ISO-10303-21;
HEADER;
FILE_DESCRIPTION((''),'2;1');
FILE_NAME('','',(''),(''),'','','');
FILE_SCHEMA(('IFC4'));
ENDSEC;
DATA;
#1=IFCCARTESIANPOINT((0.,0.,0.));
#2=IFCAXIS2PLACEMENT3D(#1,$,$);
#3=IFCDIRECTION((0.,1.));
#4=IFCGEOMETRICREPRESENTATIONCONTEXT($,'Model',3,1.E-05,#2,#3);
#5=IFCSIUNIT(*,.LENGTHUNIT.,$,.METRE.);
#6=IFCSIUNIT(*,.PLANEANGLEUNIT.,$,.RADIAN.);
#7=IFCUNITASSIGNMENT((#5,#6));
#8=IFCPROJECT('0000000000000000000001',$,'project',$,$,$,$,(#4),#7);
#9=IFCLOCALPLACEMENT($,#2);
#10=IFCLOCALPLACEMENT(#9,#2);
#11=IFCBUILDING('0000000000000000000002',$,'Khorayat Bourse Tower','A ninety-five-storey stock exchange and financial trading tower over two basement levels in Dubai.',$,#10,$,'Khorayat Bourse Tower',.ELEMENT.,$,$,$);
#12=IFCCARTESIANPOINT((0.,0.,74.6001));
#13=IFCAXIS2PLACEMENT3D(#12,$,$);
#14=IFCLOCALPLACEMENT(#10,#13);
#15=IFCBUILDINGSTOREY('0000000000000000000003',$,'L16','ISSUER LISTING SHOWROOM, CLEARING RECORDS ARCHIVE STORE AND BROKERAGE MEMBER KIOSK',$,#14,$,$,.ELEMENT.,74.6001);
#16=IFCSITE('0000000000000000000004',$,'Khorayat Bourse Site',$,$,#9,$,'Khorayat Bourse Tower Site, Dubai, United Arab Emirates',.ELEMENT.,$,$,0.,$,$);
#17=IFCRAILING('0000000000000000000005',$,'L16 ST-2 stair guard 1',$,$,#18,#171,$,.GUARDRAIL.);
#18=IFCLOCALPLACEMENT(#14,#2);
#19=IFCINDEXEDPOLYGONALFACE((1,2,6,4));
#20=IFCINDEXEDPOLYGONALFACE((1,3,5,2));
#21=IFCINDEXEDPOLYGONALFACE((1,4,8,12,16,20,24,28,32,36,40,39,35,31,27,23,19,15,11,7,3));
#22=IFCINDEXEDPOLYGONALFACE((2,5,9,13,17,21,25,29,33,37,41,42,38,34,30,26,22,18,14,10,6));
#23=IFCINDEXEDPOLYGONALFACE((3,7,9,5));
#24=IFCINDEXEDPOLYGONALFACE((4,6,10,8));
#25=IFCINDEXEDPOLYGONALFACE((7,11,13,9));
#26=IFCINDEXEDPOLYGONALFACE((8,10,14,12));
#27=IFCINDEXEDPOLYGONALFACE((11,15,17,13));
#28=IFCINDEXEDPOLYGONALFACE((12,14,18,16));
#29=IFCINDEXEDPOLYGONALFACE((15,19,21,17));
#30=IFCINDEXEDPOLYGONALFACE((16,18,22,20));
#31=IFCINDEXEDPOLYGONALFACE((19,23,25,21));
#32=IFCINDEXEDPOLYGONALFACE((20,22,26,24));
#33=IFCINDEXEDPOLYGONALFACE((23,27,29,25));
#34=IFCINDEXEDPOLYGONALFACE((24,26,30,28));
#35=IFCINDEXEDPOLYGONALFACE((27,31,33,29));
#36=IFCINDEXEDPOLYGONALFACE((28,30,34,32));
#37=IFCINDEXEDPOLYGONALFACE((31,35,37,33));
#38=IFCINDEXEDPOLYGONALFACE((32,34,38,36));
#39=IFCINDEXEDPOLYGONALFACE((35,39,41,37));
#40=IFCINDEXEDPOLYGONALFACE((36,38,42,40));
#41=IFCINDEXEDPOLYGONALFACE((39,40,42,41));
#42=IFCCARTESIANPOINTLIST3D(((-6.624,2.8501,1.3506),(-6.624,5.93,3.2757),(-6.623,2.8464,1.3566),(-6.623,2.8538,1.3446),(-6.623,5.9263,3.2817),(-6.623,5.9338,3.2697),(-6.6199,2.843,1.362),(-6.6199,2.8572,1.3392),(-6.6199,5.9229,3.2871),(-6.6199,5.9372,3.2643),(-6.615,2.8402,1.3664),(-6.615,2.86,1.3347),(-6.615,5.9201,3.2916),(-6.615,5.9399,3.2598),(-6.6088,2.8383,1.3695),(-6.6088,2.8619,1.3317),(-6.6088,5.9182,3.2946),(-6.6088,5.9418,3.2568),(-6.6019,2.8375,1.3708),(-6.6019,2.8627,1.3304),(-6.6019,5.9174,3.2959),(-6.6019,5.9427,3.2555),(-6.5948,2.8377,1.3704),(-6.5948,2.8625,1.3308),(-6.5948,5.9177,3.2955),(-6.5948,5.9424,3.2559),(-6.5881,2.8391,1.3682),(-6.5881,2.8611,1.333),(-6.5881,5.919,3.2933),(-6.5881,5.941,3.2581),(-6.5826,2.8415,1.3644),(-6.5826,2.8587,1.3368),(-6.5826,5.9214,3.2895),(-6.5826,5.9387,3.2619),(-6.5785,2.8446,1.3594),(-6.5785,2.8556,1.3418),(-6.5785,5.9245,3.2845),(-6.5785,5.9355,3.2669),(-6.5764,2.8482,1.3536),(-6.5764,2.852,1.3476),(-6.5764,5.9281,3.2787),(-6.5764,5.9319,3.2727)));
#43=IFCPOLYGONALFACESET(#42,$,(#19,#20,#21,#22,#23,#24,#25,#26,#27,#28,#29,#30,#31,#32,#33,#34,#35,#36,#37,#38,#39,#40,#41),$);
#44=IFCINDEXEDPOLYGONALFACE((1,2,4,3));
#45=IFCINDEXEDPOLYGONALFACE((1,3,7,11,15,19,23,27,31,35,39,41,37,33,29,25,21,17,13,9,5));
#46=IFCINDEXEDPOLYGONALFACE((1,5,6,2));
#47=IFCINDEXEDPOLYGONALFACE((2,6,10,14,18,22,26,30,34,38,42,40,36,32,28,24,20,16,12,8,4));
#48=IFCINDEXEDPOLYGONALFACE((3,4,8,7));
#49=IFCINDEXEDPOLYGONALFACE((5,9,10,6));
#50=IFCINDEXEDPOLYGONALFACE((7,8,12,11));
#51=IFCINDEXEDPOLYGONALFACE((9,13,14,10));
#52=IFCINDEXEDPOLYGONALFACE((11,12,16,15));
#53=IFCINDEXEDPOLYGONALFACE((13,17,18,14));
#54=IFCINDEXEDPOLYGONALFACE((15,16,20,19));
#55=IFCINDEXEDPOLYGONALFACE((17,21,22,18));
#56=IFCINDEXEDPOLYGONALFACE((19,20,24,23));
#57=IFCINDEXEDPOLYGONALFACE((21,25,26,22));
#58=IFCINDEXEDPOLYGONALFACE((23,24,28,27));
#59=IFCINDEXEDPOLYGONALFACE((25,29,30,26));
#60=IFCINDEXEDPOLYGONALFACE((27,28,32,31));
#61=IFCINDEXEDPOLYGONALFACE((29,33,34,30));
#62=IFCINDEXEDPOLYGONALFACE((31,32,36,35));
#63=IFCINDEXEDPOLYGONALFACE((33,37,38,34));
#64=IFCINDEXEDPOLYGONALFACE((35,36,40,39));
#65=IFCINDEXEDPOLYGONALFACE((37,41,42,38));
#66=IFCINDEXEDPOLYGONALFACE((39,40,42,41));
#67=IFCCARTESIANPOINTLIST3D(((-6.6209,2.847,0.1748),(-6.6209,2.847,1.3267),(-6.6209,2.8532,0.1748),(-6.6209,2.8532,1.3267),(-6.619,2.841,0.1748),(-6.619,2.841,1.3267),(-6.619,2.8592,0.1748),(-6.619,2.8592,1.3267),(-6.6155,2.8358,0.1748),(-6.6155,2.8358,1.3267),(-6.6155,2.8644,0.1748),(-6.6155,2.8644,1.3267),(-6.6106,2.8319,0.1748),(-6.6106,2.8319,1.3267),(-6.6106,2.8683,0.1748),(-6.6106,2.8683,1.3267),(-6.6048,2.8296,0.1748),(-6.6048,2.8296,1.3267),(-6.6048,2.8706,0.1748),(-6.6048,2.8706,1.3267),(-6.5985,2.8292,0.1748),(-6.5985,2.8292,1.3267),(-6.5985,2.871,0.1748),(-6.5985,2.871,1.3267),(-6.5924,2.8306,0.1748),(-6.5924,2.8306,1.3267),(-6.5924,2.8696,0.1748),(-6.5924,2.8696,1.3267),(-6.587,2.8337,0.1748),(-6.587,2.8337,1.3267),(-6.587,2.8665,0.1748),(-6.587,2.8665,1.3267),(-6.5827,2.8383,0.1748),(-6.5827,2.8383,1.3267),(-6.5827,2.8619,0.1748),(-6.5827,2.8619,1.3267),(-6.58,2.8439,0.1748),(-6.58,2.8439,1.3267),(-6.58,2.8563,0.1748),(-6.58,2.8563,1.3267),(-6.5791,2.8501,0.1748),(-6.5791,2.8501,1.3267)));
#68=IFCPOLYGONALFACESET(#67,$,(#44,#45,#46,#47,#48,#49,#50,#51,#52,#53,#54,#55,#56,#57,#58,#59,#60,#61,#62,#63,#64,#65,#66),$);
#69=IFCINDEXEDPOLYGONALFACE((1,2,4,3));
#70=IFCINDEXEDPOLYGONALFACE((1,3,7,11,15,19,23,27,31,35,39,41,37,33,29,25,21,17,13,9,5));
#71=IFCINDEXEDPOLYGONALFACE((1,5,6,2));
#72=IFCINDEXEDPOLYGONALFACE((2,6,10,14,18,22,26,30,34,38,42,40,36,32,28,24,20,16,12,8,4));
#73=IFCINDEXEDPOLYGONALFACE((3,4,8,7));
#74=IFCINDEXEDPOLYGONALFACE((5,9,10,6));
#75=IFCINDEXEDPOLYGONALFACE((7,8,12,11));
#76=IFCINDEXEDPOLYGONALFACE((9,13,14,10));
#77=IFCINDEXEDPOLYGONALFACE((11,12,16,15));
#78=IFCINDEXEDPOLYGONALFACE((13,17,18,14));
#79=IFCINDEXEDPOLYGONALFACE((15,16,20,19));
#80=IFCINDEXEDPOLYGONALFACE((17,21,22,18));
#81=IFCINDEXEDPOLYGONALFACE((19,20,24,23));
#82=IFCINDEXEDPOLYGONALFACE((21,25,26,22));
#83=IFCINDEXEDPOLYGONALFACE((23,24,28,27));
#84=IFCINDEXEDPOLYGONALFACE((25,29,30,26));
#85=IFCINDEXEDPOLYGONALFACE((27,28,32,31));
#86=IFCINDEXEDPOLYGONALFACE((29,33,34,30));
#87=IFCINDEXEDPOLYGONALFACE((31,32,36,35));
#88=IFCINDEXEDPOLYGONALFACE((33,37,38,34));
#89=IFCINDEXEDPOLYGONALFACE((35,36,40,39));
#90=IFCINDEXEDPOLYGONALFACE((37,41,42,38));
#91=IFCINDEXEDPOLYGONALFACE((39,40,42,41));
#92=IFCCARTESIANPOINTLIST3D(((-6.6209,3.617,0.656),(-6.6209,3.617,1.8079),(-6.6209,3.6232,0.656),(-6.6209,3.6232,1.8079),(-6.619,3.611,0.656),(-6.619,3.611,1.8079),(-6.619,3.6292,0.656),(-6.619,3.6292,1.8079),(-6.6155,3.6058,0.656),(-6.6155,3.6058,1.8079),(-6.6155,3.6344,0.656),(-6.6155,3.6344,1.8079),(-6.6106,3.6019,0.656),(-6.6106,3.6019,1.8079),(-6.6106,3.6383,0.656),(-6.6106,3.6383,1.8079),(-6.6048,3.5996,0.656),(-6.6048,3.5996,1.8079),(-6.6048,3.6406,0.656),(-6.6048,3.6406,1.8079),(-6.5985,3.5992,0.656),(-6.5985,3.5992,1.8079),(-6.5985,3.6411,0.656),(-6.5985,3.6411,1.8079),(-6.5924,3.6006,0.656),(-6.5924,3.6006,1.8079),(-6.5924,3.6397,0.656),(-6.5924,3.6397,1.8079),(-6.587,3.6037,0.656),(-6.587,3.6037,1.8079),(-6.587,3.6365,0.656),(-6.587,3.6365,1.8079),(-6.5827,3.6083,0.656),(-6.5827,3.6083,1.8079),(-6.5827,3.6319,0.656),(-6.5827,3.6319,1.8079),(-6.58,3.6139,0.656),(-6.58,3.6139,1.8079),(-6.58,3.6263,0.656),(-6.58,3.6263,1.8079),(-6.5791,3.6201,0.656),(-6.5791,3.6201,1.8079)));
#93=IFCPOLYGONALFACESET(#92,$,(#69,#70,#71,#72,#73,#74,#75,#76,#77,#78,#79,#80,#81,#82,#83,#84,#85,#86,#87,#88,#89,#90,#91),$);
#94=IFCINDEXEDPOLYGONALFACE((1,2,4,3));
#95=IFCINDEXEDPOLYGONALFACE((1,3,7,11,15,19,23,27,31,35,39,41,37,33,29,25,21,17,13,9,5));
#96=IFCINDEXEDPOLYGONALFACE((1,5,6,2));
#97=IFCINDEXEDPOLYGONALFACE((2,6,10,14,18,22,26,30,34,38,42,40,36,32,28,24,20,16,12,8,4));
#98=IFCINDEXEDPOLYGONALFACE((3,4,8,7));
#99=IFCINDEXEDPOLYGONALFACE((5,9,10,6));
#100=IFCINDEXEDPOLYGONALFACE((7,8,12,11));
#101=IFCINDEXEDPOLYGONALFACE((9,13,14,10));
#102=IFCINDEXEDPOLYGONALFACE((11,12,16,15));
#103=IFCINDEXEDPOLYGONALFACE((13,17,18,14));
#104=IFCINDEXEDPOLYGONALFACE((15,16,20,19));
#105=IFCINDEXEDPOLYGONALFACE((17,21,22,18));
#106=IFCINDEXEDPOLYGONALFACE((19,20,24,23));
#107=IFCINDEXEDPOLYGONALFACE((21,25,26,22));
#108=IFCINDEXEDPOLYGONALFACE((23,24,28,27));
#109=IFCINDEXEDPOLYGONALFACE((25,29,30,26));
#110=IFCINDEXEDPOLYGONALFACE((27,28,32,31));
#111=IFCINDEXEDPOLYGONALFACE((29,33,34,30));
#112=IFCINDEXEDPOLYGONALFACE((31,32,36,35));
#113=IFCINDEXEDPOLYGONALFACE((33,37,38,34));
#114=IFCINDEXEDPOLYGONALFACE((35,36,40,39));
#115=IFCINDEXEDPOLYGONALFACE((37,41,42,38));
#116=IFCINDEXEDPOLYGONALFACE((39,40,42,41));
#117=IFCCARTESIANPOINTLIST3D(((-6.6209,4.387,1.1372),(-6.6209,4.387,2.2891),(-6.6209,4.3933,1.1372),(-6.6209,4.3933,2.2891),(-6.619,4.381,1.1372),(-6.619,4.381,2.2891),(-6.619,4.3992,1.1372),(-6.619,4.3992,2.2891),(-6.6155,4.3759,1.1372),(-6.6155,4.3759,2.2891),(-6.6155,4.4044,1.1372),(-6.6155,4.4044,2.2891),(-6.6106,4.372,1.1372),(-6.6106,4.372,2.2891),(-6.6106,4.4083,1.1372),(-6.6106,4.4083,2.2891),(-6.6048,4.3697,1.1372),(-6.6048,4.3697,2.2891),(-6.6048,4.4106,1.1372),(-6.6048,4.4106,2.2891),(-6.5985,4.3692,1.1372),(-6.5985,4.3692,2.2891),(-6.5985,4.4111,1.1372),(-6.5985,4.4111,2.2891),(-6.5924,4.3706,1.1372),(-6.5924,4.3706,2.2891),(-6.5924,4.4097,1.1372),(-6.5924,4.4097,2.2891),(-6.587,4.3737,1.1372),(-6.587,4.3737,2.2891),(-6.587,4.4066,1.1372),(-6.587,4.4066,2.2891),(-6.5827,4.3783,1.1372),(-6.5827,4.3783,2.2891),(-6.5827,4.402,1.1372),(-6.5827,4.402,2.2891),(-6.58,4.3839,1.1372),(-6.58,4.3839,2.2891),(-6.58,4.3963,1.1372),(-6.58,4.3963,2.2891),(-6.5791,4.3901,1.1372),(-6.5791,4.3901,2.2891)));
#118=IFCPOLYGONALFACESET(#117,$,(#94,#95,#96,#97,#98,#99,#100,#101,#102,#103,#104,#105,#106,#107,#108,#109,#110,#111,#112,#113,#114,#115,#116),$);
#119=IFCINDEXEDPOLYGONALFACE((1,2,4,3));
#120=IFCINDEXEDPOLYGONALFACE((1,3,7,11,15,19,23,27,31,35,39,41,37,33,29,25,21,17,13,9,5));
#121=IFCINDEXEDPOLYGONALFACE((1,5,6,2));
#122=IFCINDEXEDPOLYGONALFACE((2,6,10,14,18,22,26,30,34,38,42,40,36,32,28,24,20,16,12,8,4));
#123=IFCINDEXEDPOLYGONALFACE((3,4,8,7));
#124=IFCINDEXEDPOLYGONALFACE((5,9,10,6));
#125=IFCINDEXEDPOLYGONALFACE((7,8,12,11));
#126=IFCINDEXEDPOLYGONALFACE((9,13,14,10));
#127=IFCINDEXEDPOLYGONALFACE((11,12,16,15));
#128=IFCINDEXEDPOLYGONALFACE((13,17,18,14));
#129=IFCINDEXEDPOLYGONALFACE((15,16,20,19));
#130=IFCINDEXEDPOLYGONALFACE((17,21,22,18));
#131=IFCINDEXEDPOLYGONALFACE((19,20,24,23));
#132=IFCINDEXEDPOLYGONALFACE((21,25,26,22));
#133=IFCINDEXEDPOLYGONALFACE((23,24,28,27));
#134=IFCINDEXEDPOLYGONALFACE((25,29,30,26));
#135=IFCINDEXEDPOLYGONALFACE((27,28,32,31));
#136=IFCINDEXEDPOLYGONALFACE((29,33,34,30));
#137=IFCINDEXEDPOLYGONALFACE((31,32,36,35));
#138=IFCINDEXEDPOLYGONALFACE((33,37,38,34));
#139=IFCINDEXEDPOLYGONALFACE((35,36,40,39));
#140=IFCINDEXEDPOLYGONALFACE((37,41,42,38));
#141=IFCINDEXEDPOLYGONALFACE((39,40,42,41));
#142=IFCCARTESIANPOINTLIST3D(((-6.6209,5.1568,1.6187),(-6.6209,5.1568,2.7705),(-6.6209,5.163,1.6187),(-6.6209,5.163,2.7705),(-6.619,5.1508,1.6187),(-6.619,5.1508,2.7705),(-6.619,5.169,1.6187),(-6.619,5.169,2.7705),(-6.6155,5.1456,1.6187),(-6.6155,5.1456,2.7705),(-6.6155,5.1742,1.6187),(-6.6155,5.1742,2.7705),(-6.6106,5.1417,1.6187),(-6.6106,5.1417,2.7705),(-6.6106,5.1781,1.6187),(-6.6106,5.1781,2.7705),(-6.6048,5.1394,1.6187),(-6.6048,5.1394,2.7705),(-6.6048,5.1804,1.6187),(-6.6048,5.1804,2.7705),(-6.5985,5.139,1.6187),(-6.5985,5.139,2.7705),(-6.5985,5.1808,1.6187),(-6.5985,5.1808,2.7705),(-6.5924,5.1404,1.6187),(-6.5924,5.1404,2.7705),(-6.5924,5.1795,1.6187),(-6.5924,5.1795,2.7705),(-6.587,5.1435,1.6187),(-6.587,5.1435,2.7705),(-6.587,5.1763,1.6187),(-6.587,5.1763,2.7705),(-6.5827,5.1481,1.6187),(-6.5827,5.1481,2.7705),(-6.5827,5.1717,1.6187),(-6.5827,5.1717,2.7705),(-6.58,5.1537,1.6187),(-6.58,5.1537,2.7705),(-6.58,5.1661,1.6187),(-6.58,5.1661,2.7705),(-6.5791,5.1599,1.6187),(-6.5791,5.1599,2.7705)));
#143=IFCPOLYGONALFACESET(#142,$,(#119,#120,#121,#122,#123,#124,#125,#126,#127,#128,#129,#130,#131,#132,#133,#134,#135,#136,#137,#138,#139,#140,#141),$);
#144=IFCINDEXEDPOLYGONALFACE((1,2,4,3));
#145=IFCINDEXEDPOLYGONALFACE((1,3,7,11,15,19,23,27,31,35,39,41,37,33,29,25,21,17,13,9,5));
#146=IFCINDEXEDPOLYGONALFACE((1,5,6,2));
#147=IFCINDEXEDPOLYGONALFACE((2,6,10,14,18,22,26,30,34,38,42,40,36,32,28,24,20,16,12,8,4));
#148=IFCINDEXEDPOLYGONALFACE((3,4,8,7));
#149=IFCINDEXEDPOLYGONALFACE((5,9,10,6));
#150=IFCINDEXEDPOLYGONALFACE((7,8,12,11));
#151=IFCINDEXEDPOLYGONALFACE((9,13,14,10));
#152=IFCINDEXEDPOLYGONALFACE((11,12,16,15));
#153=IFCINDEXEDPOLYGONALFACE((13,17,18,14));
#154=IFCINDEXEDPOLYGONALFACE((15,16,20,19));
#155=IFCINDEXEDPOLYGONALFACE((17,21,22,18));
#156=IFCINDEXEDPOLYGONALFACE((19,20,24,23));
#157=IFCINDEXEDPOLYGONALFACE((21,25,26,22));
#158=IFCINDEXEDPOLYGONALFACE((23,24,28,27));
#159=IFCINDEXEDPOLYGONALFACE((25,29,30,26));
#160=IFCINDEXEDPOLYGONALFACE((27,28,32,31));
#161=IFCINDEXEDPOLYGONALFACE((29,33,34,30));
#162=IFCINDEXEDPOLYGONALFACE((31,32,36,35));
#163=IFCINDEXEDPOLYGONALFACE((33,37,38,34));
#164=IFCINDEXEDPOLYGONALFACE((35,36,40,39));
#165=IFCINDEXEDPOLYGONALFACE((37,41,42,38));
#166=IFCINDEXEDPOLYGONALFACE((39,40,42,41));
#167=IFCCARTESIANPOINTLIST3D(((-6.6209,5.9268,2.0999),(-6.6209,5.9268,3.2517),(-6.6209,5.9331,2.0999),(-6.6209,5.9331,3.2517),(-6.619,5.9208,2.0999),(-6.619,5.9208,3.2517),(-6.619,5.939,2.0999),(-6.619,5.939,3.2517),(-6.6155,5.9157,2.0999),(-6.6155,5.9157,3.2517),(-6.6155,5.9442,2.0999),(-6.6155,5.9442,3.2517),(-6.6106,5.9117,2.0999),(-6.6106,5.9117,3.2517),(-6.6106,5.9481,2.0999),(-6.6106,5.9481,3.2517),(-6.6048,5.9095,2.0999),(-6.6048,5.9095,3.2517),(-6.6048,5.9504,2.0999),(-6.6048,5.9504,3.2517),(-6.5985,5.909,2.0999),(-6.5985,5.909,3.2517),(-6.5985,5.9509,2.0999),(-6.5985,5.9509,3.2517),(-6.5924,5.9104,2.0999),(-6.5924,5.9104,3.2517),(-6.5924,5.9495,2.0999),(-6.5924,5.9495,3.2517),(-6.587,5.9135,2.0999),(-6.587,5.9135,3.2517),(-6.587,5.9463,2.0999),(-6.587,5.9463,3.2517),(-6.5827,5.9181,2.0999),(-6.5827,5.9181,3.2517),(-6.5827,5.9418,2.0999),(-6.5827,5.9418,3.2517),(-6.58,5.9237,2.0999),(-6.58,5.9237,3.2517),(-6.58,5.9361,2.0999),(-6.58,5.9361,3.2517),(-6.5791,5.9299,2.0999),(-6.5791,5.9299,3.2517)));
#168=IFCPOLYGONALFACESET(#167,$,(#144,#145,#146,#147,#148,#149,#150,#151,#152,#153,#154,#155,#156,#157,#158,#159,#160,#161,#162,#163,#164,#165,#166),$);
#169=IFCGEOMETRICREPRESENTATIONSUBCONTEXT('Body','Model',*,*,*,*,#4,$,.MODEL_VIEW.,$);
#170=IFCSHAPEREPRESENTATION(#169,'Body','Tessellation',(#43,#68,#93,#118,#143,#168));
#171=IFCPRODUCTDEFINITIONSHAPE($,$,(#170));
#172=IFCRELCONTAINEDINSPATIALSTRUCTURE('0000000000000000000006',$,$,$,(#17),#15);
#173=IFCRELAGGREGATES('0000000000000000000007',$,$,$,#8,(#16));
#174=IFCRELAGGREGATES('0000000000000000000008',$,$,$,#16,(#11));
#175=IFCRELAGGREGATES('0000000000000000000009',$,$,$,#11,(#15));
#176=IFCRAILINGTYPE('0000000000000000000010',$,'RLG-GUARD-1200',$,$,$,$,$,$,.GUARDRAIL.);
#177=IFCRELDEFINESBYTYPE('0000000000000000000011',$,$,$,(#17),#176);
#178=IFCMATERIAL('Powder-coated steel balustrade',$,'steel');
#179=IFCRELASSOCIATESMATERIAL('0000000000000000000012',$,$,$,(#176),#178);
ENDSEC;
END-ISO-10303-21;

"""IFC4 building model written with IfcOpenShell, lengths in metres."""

from ifc_helpers import new_model, si_unit, direction, frame, origin, origin_2d, place, context, subcontext, project, spatial, circle, extrude, source, transform, mapped, material, type_object, element, save


model = new_model("IFC4")

# Units and contexts
model_context = context("Model", 3, precision=1e-05, world=origin(), true_north=direction((0.0, 1.0)))
body_context = subcontext(model_context, "Body", "Model", "MODEL_VIEW")
ifc_project = project(units=[si_unit("LENGTHUNIT", "METRE"), si_unit("PLANEANGLEUNIT", "RADIAN")], contexts=[model_context])

# Site, building, storey
site_placement = place(None, origin())
site = spatial("IfcSite", under=ifc_project, at=site_placement, Name="Khorayat Bourse Site", LongName="Khorayat Bourse Tower Site, Dubai, United Arab Emirates", CompositionType="ELEMENT", RefElevation=0.0)
building_placement = place(site_placement, origin())
building = spatial("IfcBuilding", under=site, at=building_placement, Name="Khorayat Bourse Tower", Description="A ninety-five-storey stock exchange and financial trading tower over two basement levels in Dubai.", LongName="Khorayat Bourse Tower", CompositionType="ELEMENT")
storey_placement = place(building_placement, frame((0.0, 0.0, 74.6001)))
storey = spatial("IfcBuildingStorey", under=building, at=storey_placement, Name="L16", Description="ISSUER LISTING SHOWROOM, CLEARING RECORDS ARCHIVE STORE AND BROKERAGE MEMBER KIOSK", CompositionType="ELEMENT", Elevation=74.6001)

# Railing
ifc_material_1 = material(Name="Powder-coated steel balustrade", Category="steel")
railing_type_1 = type_object("IfcRailingType", Name="RLG-GUARD-1200", PredefinedType="GUARDRAIL", material=ifc_material_1)
shared_shape_1 = source(origin(), body_context, "Body", "SweptSolid", [
    extrude(circle(Radius=0.0239, at=origin_2d()), frame((0.0, 0.0, 1.1758), z_axis=(0.0, 0.847979, 0.530029), x_axis=(-1.0, 0.0, 0.0)), (0.0, 0.0, 1.0), 3.6321),
    extrude(circle(Radius=0.021, at=origin_2d()), origin(), (0.0, 0.0, 1.0), 1.1519),
    extrude(circle(Radius=0.021, at=origin_2d()), frame((0.0, 0.77, 0.4812)), (0.0, 0.0, 1.0), 1.1519),
    extrude(circle(Radius=0.021, at=origin_2d()), frame((0.0, 1.54, 0.9624)), (0.0, 0.0, 1.0), 1.1519),
    extrude(circle(Radius=0.021, at=origin_2d()), frame((0.0, 2.3098, 1.4438)), (0.0, 0.0, 1.0), 1.1519),
    extrude(circle(Radius=0.021, at=origin_2d()), frame((0.0, 3.0798, 1.925)), (0.0, 0.0, 1.0), 1.1519),
])
railing_1_placement = place(storey_placement, frame((-6.6001, 2.8501, 0.1748)))
element("IfcRailing", 1, at=railing_1_placement, inside=storey, type_object=railing_type_1, Name="L16 ST-2 stair guard 1", PredefinedType="GUARDRAIL", context=body_context, shape_type="MappedRepresentation", body=[
    mapped(shared_shape_1, transform((0.0, 0.0, 0.0), scale=1.0)),
])

save(model, "model.ifc")
